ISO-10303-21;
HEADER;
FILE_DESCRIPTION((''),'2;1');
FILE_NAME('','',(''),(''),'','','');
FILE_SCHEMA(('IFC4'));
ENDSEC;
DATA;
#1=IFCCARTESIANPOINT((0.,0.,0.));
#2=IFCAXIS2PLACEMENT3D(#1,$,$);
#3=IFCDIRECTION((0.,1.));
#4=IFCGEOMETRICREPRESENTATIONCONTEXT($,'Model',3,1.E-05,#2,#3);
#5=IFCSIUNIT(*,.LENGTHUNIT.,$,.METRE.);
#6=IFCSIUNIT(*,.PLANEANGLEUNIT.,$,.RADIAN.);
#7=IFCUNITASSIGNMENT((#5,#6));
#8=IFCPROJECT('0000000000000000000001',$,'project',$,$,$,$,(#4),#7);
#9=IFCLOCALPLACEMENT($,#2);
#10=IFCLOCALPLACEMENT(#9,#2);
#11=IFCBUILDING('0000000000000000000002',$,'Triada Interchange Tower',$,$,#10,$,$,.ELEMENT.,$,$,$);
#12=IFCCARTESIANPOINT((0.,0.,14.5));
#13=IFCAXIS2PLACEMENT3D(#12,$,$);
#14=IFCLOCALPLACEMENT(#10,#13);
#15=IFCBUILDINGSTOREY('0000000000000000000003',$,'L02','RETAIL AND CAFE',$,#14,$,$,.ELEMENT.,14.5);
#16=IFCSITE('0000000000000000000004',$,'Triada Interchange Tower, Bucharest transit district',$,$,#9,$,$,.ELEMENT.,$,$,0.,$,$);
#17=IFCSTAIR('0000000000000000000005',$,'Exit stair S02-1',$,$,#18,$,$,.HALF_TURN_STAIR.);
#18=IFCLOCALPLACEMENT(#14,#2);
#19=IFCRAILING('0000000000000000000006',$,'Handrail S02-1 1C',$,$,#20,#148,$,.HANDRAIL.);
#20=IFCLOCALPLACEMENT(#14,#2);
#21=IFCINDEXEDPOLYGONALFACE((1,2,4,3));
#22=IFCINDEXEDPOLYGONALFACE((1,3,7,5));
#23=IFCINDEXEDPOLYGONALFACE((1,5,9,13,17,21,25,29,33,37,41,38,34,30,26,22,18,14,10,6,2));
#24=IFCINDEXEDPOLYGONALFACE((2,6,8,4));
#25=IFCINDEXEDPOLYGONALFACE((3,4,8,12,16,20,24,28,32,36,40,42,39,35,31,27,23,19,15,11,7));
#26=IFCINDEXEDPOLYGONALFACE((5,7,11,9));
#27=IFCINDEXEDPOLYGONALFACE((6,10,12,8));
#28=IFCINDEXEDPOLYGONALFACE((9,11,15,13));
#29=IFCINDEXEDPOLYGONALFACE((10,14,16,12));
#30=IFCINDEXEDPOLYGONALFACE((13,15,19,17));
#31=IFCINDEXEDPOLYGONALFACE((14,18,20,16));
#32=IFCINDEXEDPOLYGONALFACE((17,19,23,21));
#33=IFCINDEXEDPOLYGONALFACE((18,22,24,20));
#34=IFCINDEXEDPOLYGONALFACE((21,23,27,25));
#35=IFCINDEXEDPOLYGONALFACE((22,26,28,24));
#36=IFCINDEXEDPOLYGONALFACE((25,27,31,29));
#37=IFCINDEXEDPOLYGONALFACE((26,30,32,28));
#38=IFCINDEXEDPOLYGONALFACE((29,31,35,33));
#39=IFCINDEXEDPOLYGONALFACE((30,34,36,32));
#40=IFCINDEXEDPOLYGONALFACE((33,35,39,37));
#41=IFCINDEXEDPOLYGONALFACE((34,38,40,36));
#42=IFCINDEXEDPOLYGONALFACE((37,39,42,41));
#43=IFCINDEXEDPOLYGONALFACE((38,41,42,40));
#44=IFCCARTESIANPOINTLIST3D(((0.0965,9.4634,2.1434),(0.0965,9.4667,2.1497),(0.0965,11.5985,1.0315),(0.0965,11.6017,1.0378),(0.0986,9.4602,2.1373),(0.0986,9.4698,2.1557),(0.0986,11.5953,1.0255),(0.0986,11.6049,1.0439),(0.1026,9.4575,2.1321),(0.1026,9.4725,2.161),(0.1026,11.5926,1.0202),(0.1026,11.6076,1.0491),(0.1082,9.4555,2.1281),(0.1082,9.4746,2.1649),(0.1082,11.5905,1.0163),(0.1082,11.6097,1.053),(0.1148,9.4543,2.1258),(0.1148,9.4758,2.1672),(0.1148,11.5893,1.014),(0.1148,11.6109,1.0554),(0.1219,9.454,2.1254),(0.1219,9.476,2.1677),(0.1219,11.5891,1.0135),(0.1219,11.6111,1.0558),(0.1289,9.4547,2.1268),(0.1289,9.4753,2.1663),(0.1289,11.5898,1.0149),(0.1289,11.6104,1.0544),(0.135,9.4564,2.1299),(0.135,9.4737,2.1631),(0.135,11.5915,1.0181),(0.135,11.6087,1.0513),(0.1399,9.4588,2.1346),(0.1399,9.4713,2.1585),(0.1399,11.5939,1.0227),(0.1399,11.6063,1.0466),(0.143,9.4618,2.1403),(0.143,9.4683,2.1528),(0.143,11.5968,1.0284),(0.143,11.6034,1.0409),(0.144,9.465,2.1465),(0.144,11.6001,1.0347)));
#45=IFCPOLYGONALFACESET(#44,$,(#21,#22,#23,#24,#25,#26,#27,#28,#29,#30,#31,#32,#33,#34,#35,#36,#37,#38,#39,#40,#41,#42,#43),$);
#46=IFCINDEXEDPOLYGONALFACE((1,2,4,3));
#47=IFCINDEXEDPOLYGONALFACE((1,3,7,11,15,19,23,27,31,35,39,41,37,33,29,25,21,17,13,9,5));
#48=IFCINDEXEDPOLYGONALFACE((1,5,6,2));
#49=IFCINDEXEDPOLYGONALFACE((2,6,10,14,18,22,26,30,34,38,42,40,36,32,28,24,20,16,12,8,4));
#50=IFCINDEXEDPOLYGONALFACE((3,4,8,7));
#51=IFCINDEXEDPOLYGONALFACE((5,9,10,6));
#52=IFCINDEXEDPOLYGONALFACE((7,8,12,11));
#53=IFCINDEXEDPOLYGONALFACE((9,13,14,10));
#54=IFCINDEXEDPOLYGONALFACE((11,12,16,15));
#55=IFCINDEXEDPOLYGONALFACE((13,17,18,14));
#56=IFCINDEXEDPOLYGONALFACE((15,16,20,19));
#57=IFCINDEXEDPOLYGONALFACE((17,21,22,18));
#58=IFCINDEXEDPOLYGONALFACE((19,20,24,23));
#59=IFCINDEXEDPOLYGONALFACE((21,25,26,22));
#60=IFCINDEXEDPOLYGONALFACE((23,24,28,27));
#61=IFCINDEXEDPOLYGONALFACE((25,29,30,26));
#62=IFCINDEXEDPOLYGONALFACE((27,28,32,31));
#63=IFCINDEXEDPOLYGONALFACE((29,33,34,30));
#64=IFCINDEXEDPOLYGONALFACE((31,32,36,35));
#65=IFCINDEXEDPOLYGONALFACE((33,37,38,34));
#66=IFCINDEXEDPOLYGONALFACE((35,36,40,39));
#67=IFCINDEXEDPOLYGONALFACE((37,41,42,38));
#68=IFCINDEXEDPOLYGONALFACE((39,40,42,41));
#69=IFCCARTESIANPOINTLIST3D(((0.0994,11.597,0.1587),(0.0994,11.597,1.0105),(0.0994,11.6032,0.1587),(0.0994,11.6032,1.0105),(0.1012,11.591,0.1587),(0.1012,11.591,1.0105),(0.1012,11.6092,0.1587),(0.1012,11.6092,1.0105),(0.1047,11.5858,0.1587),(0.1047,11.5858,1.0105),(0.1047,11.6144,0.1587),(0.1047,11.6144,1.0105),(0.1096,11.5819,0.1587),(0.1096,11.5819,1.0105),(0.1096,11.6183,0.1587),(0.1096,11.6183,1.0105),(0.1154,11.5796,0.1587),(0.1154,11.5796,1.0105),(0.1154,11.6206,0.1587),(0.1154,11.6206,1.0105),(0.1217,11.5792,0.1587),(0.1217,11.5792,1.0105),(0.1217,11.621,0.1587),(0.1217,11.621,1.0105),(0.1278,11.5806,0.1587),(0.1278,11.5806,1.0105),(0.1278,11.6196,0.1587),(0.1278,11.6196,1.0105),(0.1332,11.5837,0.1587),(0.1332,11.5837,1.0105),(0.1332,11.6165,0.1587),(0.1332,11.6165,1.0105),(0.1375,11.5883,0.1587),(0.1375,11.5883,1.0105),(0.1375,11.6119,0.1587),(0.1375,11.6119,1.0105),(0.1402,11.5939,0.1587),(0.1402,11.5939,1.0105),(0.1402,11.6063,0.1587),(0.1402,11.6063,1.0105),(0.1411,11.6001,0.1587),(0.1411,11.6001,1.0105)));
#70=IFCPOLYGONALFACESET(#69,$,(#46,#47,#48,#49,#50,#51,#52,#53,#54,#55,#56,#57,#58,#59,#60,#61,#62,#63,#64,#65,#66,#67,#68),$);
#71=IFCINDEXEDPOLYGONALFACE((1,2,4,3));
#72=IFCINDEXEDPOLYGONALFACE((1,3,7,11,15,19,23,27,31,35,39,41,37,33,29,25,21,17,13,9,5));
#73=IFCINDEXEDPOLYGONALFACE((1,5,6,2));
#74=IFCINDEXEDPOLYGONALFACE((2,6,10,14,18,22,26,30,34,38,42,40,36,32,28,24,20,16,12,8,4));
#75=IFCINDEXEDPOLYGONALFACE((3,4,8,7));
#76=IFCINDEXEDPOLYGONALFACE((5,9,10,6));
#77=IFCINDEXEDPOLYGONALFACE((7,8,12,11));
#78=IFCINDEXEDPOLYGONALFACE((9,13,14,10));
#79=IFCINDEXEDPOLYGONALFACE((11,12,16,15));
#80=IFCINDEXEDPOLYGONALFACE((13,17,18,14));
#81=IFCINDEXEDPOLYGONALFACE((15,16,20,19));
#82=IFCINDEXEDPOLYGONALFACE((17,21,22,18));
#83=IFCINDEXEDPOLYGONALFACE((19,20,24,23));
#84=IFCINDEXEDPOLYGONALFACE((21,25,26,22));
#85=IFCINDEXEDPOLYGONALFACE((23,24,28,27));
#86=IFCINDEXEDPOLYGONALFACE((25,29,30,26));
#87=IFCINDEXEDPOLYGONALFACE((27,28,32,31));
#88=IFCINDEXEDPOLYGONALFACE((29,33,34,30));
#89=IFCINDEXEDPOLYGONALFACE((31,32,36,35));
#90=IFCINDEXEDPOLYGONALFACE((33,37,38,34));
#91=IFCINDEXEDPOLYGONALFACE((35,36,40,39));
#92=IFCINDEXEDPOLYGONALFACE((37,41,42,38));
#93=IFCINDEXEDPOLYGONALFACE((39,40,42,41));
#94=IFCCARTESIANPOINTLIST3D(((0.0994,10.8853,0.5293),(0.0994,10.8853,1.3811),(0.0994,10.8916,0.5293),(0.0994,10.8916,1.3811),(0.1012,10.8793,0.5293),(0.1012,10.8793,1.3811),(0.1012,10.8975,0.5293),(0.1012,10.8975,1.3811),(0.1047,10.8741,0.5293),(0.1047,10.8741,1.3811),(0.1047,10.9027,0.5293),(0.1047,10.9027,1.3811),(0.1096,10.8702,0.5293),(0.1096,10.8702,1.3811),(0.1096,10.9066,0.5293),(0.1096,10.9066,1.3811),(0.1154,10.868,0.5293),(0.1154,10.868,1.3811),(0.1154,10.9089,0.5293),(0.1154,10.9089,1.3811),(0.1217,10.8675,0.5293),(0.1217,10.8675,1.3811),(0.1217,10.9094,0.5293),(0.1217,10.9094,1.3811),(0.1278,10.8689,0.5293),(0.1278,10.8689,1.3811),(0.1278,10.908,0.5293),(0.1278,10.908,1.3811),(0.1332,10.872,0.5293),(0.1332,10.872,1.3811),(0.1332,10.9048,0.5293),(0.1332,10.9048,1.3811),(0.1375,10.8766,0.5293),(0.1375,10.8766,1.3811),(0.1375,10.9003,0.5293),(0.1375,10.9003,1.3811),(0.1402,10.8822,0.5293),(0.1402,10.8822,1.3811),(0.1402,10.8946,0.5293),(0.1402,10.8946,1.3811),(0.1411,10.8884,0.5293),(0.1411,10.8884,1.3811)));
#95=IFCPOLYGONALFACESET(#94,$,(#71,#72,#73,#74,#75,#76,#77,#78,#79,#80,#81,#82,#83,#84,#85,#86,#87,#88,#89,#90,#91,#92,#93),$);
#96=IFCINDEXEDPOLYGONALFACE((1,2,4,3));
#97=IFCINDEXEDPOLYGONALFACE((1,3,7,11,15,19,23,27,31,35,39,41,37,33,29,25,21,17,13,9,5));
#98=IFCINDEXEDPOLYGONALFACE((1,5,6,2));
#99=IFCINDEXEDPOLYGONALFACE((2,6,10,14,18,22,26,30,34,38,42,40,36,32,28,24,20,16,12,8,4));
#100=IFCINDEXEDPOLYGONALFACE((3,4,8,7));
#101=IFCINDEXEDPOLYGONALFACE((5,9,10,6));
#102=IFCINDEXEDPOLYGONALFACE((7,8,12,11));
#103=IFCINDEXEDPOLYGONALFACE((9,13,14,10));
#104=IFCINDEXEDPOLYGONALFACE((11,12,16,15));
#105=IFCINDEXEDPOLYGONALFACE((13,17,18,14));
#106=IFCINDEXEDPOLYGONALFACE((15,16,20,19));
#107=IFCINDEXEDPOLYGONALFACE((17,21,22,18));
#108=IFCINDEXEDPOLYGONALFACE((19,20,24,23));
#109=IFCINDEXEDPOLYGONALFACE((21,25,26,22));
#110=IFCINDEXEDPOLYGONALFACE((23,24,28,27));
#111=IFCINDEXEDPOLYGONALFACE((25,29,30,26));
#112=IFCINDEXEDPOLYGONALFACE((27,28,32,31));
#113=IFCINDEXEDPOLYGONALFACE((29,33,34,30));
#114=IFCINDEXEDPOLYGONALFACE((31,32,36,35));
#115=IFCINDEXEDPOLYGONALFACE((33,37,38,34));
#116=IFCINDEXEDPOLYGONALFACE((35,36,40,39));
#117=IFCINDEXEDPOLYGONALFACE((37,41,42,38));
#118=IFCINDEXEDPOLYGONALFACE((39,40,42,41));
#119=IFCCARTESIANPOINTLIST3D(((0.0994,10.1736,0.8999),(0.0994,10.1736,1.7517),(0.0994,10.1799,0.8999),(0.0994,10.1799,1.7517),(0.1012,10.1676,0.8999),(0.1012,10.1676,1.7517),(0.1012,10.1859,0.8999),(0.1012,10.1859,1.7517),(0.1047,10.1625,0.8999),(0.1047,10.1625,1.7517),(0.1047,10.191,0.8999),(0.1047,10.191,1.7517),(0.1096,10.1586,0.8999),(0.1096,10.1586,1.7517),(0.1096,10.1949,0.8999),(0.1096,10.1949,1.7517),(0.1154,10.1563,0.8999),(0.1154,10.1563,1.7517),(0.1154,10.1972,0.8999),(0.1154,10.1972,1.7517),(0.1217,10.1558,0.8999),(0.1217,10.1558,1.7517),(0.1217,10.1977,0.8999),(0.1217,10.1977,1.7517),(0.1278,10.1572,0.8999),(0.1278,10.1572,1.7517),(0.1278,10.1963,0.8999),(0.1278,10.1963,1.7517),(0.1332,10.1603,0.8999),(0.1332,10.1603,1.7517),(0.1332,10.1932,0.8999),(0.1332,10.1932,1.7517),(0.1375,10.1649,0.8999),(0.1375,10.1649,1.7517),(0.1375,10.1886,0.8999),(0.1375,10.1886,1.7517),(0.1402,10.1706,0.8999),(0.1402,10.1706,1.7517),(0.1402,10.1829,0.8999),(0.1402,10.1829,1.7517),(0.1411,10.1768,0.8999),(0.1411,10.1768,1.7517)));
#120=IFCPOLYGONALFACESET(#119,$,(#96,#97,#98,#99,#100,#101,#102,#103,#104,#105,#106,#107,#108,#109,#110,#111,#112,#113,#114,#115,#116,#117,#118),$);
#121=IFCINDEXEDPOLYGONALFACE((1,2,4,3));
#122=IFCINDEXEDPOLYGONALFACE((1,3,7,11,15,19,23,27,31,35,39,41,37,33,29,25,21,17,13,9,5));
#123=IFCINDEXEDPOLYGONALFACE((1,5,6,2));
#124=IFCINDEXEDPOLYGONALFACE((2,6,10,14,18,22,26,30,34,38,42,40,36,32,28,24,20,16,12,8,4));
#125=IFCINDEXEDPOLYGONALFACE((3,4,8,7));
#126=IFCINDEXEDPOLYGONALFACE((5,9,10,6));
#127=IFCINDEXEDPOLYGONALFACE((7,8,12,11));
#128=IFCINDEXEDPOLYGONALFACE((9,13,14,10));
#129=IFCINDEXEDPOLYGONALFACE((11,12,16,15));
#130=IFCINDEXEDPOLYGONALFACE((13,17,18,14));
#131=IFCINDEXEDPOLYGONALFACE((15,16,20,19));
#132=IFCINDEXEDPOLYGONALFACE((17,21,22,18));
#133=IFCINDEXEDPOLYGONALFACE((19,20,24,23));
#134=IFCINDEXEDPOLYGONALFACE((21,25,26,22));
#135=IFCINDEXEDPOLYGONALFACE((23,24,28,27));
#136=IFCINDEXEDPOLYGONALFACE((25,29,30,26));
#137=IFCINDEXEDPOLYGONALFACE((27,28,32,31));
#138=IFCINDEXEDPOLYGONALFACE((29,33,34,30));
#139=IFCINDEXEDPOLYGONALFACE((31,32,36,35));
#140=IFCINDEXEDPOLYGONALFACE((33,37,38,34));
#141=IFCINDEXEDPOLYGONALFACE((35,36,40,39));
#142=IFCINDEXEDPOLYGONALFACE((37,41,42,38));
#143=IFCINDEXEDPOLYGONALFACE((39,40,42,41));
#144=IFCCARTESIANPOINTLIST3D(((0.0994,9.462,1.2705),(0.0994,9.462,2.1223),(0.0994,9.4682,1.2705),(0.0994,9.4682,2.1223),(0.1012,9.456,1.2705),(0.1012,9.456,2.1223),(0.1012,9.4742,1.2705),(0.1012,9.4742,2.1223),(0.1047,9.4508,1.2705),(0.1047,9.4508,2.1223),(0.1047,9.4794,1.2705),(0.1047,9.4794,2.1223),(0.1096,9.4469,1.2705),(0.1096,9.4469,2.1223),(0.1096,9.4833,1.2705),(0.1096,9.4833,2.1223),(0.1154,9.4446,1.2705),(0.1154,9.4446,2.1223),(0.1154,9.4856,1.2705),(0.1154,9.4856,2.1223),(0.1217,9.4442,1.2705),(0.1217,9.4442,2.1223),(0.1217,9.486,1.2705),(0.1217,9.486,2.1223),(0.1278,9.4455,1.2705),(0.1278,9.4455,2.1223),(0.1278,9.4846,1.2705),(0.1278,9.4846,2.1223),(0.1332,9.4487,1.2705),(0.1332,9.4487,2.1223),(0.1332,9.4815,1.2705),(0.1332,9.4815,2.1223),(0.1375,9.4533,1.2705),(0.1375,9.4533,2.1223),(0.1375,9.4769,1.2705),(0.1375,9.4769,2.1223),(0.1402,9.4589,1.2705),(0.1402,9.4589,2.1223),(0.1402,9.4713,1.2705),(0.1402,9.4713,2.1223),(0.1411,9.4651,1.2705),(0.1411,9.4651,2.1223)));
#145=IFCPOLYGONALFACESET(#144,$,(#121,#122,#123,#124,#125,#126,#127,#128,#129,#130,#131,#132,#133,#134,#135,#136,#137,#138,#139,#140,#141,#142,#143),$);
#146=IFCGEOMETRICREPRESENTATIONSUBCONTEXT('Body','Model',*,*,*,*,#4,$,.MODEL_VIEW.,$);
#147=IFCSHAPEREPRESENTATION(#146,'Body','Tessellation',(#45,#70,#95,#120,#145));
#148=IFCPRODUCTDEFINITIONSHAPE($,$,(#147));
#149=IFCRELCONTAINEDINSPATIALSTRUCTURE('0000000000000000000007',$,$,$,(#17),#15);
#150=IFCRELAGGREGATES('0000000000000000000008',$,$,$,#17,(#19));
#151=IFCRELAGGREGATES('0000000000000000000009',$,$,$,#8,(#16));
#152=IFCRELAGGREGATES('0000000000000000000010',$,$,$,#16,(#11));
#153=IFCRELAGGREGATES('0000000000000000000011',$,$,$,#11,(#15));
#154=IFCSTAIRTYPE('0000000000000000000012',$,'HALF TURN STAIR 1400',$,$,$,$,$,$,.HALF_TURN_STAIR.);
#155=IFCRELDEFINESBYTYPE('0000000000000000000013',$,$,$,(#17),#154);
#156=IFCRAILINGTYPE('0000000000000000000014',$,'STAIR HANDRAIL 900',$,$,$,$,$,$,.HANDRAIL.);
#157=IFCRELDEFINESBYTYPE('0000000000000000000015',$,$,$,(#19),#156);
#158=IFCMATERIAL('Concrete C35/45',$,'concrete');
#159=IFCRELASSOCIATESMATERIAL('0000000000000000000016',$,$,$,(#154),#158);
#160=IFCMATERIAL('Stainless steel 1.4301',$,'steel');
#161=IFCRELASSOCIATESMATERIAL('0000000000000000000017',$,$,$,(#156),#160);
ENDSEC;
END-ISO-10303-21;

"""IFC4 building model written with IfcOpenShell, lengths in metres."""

from ifc_helpers import new_model, si_unit, direction, frame, origin, origin_2d, place, context, subcontext, project, spatial, circle, extrude, material, type_object, element, aggregate, save


model = new_model("IFC4")

# Units and contexts
model_context = context("Model", 3, precision=1e-05, world=origin(), true_north=direction((0.0, 1.0)))
body_context = subcontext(model_context, "Body", "Model", "MODEL_VIEW")
ifc_project = project(units=[si_unit("LENGTHUNIT", "METRE"), si_unit("PLANEANGLEUNIT", "RADIAN")], contexts=[model_context])

# Site, building, storey
site_placement = place(None, origin())
site = spatial("IfcSite", under=ifc_project, at=site_placement, Name="Triada Interchange Tower, Bucharest transit district", CompositionType="ELEMENT", RefElevation=0.0)
building_placement = place(site_placement, origin())
building = spatial("IfcBuilding", under=site, at=building_placement, Name="Triada Interchange Tower", CompositionType="ELEMENT")
storey_placement = place(building_placement, frame((0.0, 0.0, 14.5)))
storey = spatial("IfcBuildingStorey", under=building, at=storey_placement, Name="L02", Description="RETAIL AND CAFE", CompositionType="ELEMENT", Elevation=14.5)

# Shared definitions
ifc_material_1 = material(Name="Concrete C35/45", Category="concrete")

# Stair, railing
stair_type = type_object("IfcStairType", Name="HALF TURN STAIR 1400", PredefinedType="HALF_TURN_STAIR", material=ifc_material_1)
stair_placement = place(storey_placement, origin())
stair = element("IfcStair", 1, at=stair_placement, inside=storey, type_object=stair_type, Name="Exit stair S02-1", PredefinedType="HALF_TURN_STAIR")
ifc_material_2 = material(Name="Stainless steel 1.4301", Category="steel")
railing_type_1 = type_object("IfcRailingType", Name="STAIR HANDRAIL 900", PredefinedType="HANDRAIL", material=ifc_material_2)
railing_1_placement = place(storey_placement, frame((0.1201, 11.6001, 0.1587)))
railing_1 = element("IfcRailing", 2, at=railing_1_placement, type_object=railing_type_1, Name="Handrail S02-1 1C", PredefinedType="HANDRAIL", context=body_context, shape_type="SweptSolid", body=[
    extrude(circle(Radius=0.0239, at=origin_2d()), frame((0.0, 0.0, 0.876), z_axis=(0.0, -0.886943, 0.46188), x_axis=(1.0, 0.0, 0.0)), (0.0, 0.0, 1.0), 2.4072),
    extrude(circle(Radius=0.021, at=origin_2d()), origin(), (0.0, 0.0, 1.0), 0.8518),
    extrude(circle(Radius=0.021, at=origin_2d()), frame((0.0, -0.7117, 0.3706)), (0.0, 0.0, 1.0), 0.8518),
    extrude(circle(Radius=0.021, at=origin_2d()), frame((0.0, -1.4233, 0.7412)), (0.0, 0.0, 1.0), 0.8518),
    extrude(circle(Radius=0.021, at=origin_2d()), frame((0.0, -2.135, 1.1118)), (0.0, 0.0, 1.0), 0.8518),
])
aggregate(stair, [railing_1])

save(model, "model.ifc")
